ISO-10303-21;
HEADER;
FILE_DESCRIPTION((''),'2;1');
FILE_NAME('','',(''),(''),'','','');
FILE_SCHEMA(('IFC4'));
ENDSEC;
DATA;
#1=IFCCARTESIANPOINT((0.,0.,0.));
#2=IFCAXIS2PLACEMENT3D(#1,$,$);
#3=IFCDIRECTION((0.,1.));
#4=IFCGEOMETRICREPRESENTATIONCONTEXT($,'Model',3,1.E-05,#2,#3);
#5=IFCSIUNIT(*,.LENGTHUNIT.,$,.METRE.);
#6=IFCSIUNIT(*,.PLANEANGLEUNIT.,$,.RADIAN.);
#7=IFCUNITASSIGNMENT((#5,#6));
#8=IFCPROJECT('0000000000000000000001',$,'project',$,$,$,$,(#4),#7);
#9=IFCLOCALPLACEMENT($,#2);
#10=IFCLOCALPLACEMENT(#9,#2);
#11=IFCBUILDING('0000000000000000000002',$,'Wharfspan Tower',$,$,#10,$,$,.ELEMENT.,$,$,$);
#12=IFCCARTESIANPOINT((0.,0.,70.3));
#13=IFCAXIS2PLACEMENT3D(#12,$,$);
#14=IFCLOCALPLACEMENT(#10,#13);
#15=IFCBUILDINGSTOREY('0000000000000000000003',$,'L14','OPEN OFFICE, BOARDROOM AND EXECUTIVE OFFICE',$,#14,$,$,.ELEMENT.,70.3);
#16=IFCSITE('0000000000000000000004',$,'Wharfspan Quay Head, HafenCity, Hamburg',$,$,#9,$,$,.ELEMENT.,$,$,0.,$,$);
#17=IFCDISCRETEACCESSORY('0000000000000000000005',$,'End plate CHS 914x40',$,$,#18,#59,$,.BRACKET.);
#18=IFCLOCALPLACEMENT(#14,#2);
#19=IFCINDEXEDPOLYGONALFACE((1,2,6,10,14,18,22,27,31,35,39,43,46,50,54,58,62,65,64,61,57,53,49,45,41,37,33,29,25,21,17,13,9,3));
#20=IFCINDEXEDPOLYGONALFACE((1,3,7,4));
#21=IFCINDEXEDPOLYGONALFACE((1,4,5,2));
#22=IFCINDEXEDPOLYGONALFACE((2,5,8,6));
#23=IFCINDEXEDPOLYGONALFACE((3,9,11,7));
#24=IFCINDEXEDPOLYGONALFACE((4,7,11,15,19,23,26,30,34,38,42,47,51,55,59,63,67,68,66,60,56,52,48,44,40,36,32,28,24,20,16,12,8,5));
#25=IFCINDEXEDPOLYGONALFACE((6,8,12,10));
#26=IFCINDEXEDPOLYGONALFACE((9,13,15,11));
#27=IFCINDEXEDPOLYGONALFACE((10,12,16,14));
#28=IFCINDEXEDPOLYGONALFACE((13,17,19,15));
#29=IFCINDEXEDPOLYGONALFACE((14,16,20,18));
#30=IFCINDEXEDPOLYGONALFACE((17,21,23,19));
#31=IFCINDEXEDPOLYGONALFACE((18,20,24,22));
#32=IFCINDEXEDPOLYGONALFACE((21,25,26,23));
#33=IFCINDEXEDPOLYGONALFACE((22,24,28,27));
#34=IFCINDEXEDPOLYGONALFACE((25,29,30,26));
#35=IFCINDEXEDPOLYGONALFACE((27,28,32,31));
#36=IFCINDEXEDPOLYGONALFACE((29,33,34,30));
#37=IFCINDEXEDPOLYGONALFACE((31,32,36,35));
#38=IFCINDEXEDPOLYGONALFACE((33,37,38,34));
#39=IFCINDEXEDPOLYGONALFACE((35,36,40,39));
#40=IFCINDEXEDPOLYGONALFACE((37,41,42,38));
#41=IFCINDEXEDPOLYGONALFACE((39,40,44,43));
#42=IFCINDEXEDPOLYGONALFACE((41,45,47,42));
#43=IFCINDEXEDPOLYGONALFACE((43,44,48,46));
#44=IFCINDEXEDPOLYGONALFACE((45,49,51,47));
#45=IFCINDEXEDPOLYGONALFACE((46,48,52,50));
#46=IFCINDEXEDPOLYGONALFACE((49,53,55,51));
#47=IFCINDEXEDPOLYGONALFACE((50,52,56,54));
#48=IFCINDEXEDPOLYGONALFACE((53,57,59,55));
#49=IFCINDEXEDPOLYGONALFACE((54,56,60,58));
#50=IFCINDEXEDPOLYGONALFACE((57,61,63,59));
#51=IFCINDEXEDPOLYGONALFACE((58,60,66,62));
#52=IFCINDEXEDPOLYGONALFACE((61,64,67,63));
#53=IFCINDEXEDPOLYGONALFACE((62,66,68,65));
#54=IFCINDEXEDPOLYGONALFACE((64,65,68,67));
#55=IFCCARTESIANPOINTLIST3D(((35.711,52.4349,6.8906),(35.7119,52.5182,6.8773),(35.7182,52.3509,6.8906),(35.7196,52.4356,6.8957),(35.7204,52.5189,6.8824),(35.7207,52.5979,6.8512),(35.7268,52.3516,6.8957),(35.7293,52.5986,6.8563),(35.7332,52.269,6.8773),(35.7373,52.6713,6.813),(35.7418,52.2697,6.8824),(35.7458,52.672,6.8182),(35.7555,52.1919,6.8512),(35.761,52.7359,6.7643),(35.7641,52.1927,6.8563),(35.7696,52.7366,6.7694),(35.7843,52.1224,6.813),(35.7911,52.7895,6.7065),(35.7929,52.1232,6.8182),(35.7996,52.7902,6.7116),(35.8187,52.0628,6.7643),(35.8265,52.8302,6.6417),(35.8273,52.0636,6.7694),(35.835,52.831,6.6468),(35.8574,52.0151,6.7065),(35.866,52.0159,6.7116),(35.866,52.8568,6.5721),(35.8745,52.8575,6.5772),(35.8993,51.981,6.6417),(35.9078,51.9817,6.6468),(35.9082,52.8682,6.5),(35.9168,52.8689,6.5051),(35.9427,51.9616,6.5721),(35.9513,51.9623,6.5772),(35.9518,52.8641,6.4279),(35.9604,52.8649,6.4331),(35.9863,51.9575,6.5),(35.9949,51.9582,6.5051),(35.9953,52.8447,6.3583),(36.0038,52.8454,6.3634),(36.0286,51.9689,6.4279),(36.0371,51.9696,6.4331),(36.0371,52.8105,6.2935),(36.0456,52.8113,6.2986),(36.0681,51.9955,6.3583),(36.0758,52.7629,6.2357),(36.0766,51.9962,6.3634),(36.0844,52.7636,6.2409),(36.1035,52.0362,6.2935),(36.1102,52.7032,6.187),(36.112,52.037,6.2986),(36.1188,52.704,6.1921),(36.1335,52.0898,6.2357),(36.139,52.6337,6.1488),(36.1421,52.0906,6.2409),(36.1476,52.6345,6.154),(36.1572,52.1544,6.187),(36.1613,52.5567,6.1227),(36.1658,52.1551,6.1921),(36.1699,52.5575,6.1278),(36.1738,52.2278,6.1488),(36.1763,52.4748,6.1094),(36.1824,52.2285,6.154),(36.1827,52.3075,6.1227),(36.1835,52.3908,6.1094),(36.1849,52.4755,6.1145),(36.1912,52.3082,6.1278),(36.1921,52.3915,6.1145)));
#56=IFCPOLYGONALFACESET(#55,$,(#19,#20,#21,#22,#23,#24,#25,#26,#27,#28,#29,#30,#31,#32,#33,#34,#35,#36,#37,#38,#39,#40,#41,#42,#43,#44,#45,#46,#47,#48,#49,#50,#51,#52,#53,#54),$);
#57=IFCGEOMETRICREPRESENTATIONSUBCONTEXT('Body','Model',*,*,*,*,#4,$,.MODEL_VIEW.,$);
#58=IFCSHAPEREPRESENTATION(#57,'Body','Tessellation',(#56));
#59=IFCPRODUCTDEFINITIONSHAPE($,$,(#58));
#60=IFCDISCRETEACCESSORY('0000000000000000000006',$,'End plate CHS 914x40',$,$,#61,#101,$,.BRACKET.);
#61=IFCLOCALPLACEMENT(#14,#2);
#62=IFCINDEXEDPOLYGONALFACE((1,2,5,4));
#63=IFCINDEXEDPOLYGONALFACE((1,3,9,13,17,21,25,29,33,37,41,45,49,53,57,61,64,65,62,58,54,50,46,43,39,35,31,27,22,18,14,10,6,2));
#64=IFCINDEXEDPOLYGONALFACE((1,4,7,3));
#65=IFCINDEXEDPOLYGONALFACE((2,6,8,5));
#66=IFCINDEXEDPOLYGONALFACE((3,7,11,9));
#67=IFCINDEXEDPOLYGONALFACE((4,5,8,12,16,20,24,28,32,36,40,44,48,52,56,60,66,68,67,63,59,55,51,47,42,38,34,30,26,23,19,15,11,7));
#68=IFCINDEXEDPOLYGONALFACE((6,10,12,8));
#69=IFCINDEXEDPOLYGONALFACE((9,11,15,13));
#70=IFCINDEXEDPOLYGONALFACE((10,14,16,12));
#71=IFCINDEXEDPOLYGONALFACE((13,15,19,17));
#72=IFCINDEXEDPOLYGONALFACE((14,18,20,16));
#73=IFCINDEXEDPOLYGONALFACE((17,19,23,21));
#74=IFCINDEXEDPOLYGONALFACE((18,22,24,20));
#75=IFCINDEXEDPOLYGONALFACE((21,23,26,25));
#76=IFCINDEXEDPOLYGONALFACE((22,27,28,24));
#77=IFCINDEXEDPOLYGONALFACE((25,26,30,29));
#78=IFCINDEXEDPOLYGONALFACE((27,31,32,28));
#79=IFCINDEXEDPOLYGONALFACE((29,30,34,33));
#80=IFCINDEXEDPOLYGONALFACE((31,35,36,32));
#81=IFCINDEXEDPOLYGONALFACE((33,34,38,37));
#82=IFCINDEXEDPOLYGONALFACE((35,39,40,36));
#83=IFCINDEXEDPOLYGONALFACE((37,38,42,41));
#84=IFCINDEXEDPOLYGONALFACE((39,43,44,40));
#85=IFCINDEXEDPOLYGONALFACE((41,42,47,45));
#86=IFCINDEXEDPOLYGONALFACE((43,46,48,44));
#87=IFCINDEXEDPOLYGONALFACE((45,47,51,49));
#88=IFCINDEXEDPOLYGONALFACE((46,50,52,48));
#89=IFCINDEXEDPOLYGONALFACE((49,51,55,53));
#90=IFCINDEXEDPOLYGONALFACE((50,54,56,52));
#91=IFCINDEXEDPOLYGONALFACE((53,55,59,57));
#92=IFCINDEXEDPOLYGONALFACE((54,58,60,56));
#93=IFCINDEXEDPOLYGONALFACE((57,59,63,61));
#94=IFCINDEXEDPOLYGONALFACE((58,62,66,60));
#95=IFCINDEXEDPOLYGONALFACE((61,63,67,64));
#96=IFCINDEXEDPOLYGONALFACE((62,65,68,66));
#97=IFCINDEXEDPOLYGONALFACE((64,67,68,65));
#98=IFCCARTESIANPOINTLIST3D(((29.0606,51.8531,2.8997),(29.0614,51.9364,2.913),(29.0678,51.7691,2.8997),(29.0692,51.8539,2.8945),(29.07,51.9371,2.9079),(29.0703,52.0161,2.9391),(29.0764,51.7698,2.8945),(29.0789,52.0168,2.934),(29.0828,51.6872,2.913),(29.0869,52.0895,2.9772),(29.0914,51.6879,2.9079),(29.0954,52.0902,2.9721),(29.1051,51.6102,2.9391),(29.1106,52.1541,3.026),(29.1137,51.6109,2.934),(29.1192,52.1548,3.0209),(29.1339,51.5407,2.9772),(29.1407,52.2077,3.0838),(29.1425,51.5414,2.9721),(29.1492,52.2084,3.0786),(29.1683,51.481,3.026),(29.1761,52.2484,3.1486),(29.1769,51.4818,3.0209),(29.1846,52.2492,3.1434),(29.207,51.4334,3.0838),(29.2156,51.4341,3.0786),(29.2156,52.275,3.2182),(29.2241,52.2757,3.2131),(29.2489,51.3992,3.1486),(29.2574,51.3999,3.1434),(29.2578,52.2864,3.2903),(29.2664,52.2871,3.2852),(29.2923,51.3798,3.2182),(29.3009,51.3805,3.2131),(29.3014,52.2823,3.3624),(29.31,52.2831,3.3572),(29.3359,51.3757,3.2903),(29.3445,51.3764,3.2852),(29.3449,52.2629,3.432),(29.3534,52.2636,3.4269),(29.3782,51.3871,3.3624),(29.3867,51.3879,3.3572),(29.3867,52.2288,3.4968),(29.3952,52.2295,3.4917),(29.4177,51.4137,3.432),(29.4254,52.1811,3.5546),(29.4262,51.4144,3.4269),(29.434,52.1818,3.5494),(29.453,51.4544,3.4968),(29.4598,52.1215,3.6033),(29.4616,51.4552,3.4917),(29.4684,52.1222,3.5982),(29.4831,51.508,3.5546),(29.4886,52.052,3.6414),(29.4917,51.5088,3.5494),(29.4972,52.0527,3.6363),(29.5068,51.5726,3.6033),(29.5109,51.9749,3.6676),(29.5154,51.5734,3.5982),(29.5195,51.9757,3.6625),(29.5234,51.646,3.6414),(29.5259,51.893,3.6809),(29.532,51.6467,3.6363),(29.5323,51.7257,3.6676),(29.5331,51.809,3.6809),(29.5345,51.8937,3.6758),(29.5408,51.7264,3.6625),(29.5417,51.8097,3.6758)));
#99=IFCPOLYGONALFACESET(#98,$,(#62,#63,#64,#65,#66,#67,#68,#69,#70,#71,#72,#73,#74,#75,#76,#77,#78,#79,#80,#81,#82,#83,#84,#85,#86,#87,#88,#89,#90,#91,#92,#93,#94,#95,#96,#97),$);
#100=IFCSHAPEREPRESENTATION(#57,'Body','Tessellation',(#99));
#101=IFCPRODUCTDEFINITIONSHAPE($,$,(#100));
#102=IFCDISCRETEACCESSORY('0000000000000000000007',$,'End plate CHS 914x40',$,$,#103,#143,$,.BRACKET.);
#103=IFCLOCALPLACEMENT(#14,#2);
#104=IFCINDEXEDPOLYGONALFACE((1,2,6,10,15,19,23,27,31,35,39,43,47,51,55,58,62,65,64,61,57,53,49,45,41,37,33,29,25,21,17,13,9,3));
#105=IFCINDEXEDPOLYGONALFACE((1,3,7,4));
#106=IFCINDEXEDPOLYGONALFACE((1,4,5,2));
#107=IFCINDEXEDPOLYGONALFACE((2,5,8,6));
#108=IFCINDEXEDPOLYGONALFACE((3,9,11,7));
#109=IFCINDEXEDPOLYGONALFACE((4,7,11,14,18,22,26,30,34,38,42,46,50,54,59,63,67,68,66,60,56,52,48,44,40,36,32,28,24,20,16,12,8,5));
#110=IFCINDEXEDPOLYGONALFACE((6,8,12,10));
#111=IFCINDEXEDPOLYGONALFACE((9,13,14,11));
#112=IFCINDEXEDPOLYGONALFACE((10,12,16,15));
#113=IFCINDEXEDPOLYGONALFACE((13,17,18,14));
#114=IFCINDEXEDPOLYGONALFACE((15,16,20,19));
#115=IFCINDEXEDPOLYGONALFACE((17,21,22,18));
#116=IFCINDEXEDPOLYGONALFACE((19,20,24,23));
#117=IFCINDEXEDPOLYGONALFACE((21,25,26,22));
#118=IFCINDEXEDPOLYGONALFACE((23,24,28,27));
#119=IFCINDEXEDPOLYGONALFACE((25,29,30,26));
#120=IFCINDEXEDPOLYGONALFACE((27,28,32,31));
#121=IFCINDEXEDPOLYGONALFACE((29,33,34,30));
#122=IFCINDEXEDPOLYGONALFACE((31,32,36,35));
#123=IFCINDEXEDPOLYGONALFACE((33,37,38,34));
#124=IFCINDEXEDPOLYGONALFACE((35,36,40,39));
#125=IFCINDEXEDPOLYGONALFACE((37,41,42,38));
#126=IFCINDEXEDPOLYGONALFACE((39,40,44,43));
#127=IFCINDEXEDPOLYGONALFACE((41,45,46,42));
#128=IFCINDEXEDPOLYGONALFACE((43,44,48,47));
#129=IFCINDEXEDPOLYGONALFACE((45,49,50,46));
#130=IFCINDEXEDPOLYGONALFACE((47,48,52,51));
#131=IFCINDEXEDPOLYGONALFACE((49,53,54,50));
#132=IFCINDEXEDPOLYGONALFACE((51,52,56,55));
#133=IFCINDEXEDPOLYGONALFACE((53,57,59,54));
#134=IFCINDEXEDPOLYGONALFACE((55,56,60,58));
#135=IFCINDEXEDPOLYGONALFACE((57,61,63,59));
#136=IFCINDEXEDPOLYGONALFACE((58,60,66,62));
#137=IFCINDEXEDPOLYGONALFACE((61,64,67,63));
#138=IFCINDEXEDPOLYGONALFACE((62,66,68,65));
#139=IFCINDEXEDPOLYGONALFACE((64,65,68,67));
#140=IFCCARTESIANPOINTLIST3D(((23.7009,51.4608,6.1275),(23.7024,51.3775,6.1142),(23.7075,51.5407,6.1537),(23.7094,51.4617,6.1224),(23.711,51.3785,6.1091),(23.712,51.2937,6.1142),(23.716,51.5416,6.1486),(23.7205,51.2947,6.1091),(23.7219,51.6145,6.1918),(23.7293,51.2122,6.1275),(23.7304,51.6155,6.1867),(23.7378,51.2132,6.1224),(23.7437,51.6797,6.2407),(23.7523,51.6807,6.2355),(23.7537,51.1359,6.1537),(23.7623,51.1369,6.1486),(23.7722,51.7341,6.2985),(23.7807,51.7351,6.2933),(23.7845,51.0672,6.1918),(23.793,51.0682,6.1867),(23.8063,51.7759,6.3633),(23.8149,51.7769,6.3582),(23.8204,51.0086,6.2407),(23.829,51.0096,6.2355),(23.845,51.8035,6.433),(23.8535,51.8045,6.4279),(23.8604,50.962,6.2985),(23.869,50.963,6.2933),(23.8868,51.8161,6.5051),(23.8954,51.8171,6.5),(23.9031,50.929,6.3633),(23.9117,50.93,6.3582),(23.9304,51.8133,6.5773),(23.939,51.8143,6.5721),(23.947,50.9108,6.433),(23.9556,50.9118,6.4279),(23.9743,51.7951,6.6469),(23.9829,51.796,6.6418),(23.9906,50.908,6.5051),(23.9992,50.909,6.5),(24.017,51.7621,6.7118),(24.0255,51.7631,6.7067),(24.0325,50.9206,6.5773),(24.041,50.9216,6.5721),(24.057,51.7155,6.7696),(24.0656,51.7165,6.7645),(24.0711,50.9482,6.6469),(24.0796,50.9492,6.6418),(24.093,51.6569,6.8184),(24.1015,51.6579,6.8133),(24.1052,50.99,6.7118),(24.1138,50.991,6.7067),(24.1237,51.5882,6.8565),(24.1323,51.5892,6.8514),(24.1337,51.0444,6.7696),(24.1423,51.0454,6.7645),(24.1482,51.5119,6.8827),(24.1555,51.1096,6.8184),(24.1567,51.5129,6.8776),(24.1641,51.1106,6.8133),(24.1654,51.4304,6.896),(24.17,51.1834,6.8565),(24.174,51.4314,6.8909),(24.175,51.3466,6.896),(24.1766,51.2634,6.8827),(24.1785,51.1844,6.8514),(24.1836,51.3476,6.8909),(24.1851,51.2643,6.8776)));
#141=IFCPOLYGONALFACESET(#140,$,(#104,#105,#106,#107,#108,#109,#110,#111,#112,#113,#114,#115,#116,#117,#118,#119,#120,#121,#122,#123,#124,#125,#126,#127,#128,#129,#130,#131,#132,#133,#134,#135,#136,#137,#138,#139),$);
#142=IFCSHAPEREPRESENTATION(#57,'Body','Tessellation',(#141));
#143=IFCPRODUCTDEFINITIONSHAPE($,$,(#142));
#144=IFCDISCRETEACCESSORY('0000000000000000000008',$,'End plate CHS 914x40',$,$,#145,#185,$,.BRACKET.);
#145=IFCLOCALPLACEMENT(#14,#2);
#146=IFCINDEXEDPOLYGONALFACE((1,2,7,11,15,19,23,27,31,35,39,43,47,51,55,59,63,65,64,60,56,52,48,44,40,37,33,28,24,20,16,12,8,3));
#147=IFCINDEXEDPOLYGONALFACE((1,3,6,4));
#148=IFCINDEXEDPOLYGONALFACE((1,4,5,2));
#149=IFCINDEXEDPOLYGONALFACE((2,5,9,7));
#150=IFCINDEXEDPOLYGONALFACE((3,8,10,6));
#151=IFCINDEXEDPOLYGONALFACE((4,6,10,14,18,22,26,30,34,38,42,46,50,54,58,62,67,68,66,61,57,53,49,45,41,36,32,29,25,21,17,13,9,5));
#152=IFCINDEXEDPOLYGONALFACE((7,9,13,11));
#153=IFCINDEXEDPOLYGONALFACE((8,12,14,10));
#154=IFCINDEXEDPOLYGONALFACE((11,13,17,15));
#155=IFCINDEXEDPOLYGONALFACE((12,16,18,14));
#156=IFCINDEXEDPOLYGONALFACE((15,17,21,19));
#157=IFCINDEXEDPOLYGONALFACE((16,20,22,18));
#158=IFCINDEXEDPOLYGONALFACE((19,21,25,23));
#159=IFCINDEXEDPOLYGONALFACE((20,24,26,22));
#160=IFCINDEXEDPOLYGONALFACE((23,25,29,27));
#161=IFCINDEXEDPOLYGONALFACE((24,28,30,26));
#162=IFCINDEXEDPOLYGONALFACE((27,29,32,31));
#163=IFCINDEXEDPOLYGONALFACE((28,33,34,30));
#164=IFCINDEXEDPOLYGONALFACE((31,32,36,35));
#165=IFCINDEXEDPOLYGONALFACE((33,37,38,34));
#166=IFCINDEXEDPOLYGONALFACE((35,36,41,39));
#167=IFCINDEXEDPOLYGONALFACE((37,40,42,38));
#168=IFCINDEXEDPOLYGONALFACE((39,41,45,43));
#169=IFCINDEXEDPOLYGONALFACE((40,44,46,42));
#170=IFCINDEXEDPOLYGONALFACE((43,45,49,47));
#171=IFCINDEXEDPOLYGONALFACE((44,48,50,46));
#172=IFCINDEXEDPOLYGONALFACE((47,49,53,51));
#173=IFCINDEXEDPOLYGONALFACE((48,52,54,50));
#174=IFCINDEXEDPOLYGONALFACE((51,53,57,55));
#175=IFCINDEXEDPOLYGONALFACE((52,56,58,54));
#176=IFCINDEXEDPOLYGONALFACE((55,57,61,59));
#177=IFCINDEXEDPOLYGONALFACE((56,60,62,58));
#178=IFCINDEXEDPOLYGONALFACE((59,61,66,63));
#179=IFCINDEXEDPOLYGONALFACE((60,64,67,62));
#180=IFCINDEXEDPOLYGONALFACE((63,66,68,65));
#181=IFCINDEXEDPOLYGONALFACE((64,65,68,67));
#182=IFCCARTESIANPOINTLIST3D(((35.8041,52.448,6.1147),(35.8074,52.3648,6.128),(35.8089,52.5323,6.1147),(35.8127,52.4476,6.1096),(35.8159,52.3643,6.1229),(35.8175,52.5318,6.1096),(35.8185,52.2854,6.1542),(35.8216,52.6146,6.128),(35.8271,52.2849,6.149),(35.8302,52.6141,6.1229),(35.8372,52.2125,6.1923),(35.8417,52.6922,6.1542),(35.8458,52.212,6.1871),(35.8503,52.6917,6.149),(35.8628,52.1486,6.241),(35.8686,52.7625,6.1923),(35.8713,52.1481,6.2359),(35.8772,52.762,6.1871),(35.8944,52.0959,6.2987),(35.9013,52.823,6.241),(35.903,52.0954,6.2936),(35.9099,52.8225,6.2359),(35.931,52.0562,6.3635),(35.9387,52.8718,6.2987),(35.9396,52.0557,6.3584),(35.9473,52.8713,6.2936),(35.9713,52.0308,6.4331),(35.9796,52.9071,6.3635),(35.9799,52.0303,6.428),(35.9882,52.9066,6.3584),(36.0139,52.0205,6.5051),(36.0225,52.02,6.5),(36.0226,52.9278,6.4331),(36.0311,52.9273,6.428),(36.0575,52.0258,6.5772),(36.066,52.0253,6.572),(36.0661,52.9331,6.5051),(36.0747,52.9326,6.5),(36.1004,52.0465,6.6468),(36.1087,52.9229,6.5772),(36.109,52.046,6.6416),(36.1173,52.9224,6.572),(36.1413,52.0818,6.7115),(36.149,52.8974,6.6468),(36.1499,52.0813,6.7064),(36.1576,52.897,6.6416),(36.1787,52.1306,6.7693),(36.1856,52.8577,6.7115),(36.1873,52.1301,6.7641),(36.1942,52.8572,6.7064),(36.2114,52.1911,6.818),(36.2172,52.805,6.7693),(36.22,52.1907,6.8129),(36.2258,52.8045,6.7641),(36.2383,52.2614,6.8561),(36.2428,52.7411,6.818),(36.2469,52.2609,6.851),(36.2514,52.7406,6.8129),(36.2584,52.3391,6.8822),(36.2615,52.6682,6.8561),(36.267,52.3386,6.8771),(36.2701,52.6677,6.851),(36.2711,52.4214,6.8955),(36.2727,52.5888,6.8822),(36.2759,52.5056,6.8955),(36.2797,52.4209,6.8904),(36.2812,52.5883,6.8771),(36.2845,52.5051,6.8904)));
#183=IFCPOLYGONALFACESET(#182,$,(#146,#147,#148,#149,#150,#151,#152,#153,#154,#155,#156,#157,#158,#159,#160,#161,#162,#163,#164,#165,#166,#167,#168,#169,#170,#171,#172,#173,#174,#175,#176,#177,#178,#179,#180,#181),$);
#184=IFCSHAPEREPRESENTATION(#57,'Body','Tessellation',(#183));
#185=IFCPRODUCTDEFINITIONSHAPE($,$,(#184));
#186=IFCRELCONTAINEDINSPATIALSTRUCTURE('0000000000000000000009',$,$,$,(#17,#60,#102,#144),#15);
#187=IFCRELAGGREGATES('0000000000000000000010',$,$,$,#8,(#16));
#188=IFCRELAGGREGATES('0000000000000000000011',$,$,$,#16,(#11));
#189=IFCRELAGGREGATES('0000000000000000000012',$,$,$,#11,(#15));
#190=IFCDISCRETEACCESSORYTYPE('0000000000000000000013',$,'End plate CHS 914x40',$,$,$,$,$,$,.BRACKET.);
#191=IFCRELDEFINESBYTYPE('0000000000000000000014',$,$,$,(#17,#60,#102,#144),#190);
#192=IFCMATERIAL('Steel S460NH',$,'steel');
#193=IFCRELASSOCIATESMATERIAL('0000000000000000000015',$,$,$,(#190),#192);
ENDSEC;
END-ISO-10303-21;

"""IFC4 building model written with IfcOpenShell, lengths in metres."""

from ifc_helpers import new_model, si_unit, direction, frame, origin, origin_2d, place, context, subcontext, project, spatial, circle, extrude, material, material_profile, profile_set, type_object, element, save


model = new_model("IFC4")

# Units and contexts
model_context = context("Model", 3, precision=1e-05, world=origin(), true_north=direction((0.0, 1.0)))
body_context = subcontext(model_context, "Body", "Model", "MODEL_VIEW")
ifc_project = project(units=[si_unit("LENGTHUNIT", "METRE"), si_unit("PLANEANGLEUNIT", "RADIAN")], contexts=[model_context])

# Site, building, storey
site_placement = place(None, origin())
site = spatial("IfcSite", under=ifc_project, at=site_placement, Name="Wharfspan Quay Head, HafenCity, Hamburg", CompositionType="ELEMENT", RefElevation=0.0)
building_placement = place(site_placement, origin())
building = spatial("IfcBuilding", under=site, at=building_placement, Name="Wharfspan Tower", CompositionType="ELEMENT")
storey_placement = place(building_placement, frame((0.0, 0.0, 70.3)))
storey = spatial("IfcBuildingStorey", under=building, at=storey_placement, Name="L14", Description="OPEN OFFICE, BOARDROOM AND EXECUTIVE OFFICE", CompositionType="ELEMENT", Elevation=70.3)

# Shared definitions
ifc_material_1 = material(Name="Steel S460NH", Category="steel")

# Discrete accessories
ifc_material_profile_1 = material_profile(ifc_material_1, circle(Radius=0.457, at=origin_2d()))
ifc_profile_set_1 = profile_set([ifc_material_profile_1], Name="Steel S460NH")
discrete_accessory_type = type_object("IfcDiscreteAccessoryType", Name="End plate CHS 914x40", PredefinedType="BRACKET", material=ifc_profile_set_1)
for number, where, z_axis, x_axis, name in (
    (1, (35.9473, 52.4128, 6.5), (0.855186, 0.073302, 0.513112), (-0.085402, 0.996345, 0.000001), "End plate CHS 914x40"),
    (2, (29.3054, 51.8318, 3.2852), (-0.855186, -0.073302, 0.513112), (0.085402, -0.996345, 0.000001), "End plate CHS 914x40"),
    (3, (23.9473, 51.363, 6.5), (-0.853405, -0.097532, 0.512043), (0.113547, -0.993531, 0.000001), "End plate CHS 914x40"),
    (4, (36.0486, 52.4763, 6.5), (-0.856465, 0.048941, 0.513879), (-0.05705, -0.998372, 0.0), "End plate CHS 914x40"),
):
    element("IfcDiscreteAccessory", number, at=place(storey_placement, frame(where, z_axis=z_axis, x_axis=x_axis)), inside=storey, type_object=discrete_accessory_type, Name=name, PredefinedType="BRACKET", context=body_context, shape_type="SweptSolid", body=[
        extrude(circle(Radius=0.457, at=origin_2d()), origin(), (0.0, 0.0, 1.0), 0.01),
    ])

save(model, "model.ifc")
